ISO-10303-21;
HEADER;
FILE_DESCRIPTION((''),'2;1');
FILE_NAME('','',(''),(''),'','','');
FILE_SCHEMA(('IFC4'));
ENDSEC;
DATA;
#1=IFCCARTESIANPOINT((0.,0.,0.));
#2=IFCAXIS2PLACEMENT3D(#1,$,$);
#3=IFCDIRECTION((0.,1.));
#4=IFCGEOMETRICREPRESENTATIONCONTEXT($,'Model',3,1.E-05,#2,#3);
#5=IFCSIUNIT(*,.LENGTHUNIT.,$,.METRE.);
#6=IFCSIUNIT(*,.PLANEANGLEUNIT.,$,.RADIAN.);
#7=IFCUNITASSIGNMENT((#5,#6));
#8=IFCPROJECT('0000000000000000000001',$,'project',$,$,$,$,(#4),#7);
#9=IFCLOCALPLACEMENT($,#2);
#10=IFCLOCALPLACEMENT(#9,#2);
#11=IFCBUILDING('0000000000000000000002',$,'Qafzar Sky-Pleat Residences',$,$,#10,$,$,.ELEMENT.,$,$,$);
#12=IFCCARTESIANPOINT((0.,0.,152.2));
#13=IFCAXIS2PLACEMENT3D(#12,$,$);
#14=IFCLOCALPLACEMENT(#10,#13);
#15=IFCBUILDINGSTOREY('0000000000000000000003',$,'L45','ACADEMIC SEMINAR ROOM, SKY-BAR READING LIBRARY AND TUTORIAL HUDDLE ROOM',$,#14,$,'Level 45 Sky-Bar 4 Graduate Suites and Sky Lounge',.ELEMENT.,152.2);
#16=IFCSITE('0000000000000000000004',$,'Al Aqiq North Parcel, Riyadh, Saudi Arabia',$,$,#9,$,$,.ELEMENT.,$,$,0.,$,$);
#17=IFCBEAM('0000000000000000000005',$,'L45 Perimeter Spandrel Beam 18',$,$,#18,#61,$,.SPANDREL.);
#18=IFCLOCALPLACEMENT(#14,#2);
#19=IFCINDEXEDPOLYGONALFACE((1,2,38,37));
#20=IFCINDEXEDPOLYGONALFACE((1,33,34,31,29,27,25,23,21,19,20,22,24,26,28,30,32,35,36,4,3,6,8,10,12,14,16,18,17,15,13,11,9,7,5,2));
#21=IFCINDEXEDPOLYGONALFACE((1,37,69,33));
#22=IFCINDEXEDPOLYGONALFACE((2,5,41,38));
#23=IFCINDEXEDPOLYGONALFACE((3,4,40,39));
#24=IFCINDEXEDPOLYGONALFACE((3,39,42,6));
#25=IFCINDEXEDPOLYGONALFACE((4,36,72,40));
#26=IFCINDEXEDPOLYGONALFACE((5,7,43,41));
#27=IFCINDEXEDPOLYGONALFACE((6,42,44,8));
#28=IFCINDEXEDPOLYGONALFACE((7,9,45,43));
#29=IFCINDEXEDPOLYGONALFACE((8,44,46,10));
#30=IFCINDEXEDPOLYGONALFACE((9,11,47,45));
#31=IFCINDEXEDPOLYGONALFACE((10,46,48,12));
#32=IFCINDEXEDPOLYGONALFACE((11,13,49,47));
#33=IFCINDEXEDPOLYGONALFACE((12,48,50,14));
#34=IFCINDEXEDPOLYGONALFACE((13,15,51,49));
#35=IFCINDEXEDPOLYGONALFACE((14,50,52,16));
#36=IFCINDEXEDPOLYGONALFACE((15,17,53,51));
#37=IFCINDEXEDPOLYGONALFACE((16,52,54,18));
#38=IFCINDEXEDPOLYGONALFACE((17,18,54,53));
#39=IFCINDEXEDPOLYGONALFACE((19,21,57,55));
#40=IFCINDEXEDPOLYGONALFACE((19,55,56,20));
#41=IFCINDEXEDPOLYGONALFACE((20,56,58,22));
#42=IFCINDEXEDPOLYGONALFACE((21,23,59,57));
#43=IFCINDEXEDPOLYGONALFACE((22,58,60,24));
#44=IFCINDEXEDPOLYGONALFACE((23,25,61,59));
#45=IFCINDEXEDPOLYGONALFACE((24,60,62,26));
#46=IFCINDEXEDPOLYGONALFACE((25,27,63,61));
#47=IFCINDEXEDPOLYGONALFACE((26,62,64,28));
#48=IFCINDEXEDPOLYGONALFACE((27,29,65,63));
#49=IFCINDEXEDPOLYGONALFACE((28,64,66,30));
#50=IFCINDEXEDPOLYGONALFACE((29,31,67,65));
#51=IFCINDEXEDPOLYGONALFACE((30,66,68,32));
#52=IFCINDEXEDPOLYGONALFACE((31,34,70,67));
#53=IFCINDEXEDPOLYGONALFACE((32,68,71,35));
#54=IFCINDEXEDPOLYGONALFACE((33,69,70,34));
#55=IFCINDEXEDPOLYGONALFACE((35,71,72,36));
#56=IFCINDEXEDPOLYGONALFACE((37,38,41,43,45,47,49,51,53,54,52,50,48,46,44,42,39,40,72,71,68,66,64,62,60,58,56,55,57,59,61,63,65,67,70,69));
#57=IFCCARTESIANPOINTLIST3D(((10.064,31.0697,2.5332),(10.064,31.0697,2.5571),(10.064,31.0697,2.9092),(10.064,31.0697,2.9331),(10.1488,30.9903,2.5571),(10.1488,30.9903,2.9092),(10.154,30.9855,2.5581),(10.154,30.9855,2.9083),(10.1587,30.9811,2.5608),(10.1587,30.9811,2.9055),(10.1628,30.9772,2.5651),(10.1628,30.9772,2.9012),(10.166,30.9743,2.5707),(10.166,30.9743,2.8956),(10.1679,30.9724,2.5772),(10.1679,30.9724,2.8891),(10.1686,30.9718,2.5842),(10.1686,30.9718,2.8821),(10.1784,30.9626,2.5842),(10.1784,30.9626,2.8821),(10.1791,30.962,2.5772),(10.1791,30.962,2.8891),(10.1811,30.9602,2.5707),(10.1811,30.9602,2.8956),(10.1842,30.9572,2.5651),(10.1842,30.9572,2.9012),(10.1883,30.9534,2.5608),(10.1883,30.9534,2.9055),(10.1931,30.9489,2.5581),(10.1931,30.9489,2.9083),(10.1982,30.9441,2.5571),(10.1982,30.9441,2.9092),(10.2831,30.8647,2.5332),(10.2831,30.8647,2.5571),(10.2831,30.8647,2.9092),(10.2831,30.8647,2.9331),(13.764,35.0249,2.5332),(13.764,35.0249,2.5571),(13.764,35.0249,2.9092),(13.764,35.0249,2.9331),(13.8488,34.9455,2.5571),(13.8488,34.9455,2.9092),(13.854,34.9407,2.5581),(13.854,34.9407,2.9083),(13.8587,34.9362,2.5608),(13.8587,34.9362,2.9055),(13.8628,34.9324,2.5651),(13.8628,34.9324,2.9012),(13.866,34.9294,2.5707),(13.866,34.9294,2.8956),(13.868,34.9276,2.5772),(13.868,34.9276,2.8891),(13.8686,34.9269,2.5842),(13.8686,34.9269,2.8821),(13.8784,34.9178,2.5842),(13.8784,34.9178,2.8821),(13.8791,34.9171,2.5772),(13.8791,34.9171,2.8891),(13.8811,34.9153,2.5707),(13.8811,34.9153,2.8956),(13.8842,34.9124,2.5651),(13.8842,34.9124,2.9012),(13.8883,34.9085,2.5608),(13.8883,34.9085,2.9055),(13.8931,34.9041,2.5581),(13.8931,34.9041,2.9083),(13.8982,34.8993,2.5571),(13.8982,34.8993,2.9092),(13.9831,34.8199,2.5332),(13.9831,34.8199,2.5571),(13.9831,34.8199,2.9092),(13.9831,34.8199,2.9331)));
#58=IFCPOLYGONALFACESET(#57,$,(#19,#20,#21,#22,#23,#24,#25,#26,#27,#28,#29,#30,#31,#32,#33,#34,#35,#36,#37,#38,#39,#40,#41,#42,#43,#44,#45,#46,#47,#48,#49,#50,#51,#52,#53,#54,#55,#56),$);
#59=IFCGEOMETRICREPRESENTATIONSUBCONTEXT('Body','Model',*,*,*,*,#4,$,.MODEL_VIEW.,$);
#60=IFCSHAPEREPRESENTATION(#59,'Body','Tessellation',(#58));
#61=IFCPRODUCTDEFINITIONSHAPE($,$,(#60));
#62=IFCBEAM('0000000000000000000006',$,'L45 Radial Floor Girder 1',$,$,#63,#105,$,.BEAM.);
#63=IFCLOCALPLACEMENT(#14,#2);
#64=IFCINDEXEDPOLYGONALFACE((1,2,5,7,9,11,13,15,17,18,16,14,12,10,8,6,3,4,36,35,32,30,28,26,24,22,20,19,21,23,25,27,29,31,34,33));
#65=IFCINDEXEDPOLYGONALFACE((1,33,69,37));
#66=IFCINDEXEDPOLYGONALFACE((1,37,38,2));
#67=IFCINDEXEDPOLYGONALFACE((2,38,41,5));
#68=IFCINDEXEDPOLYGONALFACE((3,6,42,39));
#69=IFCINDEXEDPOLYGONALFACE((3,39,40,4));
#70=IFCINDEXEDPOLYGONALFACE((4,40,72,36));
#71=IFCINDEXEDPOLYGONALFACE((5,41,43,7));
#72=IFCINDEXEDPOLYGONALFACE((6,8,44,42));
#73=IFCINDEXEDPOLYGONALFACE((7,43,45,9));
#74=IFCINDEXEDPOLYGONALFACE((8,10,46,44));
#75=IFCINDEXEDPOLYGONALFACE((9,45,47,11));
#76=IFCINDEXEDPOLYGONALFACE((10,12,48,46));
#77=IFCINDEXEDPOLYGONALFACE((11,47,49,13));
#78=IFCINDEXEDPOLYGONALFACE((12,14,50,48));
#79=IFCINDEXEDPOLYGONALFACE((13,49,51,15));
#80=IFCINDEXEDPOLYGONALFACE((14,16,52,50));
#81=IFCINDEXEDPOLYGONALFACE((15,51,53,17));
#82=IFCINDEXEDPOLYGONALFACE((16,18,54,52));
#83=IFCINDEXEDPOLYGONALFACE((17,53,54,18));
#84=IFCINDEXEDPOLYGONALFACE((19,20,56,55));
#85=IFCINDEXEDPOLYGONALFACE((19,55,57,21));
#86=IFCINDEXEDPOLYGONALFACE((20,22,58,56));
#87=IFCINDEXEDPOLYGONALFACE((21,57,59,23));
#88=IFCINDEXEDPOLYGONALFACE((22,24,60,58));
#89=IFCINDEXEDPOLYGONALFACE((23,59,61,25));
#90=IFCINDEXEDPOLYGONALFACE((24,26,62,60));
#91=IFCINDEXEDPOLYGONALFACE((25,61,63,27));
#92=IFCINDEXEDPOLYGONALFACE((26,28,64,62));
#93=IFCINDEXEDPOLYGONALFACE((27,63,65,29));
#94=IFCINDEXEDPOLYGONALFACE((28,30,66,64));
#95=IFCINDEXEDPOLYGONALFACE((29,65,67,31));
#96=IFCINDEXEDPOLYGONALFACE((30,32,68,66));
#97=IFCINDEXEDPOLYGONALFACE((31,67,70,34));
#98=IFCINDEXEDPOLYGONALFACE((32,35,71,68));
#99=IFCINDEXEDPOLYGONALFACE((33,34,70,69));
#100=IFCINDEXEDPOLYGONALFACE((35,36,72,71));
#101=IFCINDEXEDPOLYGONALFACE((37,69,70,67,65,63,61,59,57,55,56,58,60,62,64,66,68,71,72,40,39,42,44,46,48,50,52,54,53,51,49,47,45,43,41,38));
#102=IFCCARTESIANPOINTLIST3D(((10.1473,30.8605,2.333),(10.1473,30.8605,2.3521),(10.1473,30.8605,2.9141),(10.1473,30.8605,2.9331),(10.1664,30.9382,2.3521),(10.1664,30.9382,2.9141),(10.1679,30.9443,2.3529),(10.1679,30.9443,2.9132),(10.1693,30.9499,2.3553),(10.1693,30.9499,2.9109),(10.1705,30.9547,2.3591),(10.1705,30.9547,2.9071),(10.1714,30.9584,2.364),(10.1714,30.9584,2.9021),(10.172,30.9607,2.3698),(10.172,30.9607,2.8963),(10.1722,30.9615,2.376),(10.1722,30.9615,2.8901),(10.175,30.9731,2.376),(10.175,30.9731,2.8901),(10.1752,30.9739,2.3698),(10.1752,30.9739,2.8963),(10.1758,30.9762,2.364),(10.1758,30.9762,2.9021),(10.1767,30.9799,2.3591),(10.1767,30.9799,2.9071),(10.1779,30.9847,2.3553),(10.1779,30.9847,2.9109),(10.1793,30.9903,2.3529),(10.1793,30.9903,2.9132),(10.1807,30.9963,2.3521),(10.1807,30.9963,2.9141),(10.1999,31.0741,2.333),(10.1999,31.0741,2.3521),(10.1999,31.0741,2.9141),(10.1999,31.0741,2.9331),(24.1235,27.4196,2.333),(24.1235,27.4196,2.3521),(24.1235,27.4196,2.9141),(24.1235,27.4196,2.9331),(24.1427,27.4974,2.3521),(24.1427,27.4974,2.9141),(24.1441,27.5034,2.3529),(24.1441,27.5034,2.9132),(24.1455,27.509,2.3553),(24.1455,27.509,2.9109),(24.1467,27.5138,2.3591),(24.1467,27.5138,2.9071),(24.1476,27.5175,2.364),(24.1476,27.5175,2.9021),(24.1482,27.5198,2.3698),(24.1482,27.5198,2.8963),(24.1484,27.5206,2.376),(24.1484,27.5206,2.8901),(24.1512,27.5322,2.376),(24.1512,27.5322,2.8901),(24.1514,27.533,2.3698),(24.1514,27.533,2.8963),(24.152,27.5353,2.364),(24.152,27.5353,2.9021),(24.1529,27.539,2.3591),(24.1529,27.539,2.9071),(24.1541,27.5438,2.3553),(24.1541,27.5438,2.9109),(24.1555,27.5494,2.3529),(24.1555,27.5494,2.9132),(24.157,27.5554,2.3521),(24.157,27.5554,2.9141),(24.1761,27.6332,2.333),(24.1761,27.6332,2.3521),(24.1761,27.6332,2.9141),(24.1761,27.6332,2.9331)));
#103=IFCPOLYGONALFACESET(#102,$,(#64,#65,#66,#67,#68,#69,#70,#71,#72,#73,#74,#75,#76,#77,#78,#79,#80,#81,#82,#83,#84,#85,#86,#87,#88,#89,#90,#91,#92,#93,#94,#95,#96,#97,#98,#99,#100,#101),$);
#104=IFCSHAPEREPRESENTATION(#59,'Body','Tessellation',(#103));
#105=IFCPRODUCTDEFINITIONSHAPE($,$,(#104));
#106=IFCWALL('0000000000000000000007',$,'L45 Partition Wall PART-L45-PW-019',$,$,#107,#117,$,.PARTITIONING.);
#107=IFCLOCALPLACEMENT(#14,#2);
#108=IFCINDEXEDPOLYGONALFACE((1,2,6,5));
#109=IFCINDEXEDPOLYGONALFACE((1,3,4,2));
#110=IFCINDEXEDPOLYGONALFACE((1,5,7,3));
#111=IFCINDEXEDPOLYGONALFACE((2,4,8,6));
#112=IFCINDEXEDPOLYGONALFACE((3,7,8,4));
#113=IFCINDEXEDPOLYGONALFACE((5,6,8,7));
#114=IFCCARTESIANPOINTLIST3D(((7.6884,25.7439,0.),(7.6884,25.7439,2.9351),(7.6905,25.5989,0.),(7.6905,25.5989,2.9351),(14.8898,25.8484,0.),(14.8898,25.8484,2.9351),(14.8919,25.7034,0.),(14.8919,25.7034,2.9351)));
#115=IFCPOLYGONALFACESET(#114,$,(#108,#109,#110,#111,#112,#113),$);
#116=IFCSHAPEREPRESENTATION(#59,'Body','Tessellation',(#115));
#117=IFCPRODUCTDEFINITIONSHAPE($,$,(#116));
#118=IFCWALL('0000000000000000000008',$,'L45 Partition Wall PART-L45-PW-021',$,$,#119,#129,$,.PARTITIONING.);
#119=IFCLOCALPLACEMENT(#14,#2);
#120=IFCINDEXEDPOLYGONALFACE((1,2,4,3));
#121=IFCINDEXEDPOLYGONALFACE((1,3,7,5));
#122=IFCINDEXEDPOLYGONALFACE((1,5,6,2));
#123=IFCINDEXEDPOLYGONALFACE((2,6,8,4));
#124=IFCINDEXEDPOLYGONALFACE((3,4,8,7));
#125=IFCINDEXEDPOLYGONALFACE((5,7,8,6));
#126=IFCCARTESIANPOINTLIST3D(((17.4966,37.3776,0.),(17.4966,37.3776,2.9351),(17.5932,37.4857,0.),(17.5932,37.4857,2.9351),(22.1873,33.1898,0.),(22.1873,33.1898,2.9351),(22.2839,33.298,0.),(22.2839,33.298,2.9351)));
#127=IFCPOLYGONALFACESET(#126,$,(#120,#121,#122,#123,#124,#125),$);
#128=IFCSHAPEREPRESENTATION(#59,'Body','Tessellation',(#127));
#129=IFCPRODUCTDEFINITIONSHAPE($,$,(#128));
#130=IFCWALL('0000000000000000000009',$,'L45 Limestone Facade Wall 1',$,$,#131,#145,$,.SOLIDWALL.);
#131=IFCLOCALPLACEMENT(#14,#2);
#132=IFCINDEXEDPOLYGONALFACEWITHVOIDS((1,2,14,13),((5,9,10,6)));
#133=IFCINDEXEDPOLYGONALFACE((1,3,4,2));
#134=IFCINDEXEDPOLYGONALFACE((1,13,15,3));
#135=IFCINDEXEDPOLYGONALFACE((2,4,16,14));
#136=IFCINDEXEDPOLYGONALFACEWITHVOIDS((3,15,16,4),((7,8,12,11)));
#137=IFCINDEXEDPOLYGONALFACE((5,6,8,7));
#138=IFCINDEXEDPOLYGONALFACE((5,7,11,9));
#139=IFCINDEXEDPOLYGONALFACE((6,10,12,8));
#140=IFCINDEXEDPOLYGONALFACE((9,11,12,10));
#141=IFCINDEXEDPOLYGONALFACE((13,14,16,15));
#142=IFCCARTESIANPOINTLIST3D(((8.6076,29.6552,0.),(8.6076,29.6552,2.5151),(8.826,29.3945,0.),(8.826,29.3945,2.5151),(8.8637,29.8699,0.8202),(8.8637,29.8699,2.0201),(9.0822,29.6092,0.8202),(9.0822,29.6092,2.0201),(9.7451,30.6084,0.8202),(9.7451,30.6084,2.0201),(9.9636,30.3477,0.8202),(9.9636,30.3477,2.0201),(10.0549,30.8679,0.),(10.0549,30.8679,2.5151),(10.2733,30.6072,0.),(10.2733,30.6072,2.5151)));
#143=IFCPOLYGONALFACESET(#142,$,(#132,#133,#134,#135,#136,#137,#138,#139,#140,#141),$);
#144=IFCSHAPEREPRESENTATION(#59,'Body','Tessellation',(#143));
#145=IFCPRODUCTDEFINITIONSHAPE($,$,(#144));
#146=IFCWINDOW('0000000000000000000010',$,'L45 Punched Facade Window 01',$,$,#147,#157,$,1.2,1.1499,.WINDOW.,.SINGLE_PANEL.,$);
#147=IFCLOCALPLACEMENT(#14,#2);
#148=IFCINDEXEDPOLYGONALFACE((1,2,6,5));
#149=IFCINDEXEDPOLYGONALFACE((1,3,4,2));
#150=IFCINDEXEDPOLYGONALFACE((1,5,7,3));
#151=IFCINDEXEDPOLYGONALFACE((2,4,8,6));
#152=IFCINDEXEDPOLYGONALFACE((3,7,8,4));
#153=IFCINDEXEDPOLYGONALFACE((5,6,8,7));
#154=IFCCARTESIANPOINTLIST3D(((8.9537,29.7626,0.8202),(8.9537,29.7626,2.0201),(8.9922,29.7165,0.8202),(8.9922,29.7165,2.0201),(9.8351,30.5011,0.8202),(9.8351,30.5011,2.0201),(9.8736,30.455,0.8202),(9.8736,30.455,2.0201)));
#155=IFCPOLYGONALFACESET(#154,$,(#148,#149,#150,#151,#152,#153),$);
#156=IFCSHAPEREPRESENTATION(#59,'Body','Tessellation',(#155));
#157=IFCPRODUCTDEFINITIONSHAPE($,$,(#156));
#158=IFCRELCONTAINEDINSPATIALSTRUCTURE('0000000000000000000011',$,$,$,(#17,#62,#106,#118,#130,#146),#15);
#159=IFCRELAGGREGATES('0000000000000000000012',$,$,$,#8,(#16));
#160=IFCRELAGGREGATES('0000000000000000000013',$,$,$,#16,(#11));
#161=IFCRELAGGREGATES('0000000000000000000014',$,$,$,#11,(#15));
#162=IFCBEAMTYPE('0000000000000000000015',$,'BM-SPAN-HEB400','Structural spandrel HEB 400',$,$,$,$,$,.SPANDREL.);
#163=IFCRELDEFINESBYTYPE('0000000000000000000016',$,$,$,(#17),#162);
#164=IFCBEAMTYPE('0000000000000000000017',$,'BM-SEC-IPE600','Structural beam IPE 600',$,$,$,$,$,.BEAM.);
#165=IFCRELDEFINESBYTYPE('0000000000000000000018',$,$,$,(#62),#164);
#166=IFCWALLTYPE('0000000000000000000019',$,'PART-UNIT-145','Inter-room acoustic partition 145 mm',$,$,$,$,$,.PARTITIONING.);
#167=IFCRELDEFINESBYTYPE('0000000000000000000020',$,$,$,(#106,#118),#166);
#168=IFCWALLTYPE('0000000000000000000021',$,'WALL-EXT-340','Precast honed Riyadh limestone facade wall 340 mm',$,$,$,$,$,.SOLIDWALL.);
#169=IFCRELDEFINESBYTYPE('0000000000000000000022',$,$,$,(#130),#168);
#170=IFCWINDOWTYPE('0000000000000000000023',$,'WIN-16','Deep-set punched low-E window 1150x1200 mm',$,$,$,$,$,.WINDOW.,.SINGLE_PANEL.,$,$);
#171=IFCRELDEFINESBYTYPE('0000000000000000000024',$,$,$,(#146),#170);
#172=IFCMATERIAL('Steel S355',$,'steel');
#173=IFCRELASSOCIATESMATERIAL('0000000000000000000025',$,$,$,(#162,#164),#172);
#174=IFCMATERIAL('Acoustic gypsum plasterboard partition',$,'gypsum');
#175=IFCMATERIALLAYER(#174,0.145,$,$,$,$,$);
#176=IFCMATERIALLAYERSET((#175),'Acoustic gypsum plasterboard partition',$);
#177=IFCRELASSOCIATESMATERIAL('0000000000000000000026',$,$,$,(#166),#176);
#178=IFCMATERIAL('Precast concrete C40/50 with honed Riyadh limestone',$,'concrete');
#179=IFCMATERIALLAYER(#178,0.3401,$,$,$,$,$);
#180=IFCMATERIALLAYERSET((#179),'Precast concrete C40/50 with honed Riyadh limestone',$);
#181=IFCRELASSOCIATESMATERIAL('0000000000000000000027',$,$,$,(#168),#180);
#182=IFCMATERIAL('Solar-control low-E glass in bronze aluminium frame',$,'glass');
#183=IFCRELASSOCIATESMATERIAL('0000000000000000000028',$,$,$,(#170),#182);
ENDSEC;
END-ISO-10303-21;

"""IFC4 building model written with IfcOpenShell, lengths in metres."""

from ifc_helpers import new_model, si_unit, direction, frame, frame_2d, origin, origin_2d, place, context, subcontext, project, spatial, rectangle, i_section, extrude, source, transform, mapped, material, layer, layer_set, material_profile, profile_set, type_object, element, fill, save


model = new_model("IFC4")

# Units and contexts
model_context = context("Model", 3, precision=1e-05, world=origin(), true_north=direction((0.0, 1.0)))
body_context = subcontext(model_context, "Body", "Model", "MODEL_VIEW")
ifc_project = project(units=[si_unit("LENGTHUNIT", "METRE"), si_unit("PLANEANGLEUNIT", "RADIAN")], contexts=[model_context])

# Site, building, storey
site_placement = place(None, origin())
site = spatial("IfcSite", under=ifc_project, at=site_placement, Name="Al Aqiq North Parcel, Riyadh, Saudi Arabia", CompositionType="ELEMENT", RefElevation=0.0)
building_placement = place(site_placement, origin())
building = spatial("IfcBuilding", under=site, at=building_placement, Name="Qafzar Sky-Pleat Residences", CompositionType="ELEMENT")
storey_placement = place(building_placement, frame((0.0, 0.0, 152.2)))
storey = spatial("IfcBuildingStorey", under=building, at=storey_placement, Name="L45", Description="ACADEMIC SEMINAR ROOM, SKY-BAR READING LIBRARY AND TUTORIAL HUDDLE ROOM", LongName="Level 45 Sky-Bar 4 Graduate Suites and Sky Lounge", CompositionType="ELEMENT", Elevation=152.2)

# Shared definitions
ifc_material_1 = material(Name="Steel S355", Category="steel")

# Beams
ifc_material_profile_1 = material_profile(ifc_material_1, i_section(OverallWidth=0.3, OverallDepth=0.3999, WebThickness=0.0134, FlangeThickness=0.0239, FilletRadius=0.0271, at=origin_2d()), Name="HEB 400")
ifc_profile_set_1 = profile_set([ifc_material_profile_1], Name="Steel S355")
beam_type_1 = type_object("IfcBeamType", Name="BM-SPAN-HEB400", Description="Structural spandrel HEB 400", PredefinedType="SPANDREL", material=ifc_profile_set_1)
shared_shape_1 = source(origin(), body_context, "Body", "SweptSolid", [
    extrude(i_section(OverallWidth=0.3, OverallDepth=0.3999, WebThickness=0.0134, FlangeThickness=0.0239, FilletRadius=0.0271, at=origin_2d()), origin(), (0.0, 0.0, 1.0), 5.416),
])
beam_1_placement = place(storey_placement, frame((13.8735, 34.9224, 2.7332), z_axis=(-0.683161, -0.730268, 0.0), x_axis=(0.730268, -0.683161, 0.0)))
element("IfcBeam", 1, at=beam_1_placement, inside=storey, type_object=beam_type_1, Name="L45 Perimeter Spandrel Beam 18", PredefinedType="SPANDREL", context=body_context, shape_type="MappedRepresentation", body=[
    mapped(shared_shape_1, transform((0.0, 0.0, 0.0), x_axis=(1.0, 0.0, 0.0), y_axis=(0.0, 1.0, 0.0), z_axis=(0.0, 0.0, 1.0), scale=1.0)),
])
ifc_material_profile_2 = material_profile(ifc_material_1, i_section(OverallWidth=0.22, OverallDepth=0.6001, WebThickness=0.012, FlangeThickness=0.019, FilletRadius=0.0239, at=origin_2d()), Name="IPE 600")
ifc_profile_set_2 = profile_set([ifc_material_profile_2], Name="Steel S355")
beam_type_2 = type_object("IfcBeamType", Name="BM-SEC-IPE600", Description="Structural beam IPE 600", PredefinedType="BEAM", material=ifc_profile_set_2)
shared_shape_2 = source(origin(), body_context, "Body", "SweptSolid", [
    extrude(i_section(OverallWidth=0.22, OverallDepth=0.6001, WebThickness=0.012, FlangeThickness=0.019, FilletRadius=0.0239, at=origin_2d()), origin(), (0.0, 0.0, 1.0), 14.3936),
])
beam_2_placement = place(storey_placement, frame((10.1736, 30.9673, 2.6331), z_axis=(0.971005, -0.239058, 0.0), x_axis=(0.239058, 0.971005, 0.0)))
element("IfcBeam", 2, at=beam_2_placement, inside=storey, type_object=beam_type_2, Name="L45 Radial Floor Girder 1", PredefinedType="BEAM", context=body_context, shape_type="MappedRepresentation", body=[
    mapped(shared_shape_2, transform((0.0, 0.0, 0.0), x_axis=(1.0, 0.0, 0.0), y_axis=(0.0, 1.0, 0.0), z_axis=(0.0, 0.0, 1.0), scale=1.0)),
])

# Walls
ifc_material_2 = material(Name="Acoustic gypsum plasterboard partition", Category="gypsum")
ifc_layer_1 = layer(ifc_material_2, 0.145)
ifc_layer_set_1 = layer_set([ifc_layer_1], Name="Acoustic gypsum plasterboard partition")
wall_type_1 = type_object("IfcWallType", Name="PART-UNIT-145", Description="Inter-room acoustic partition 145 mm", PredefinedType="PARTITIONING", material=ifc_layer_set_1)
wall_1_placement = place(storey_placement, frame((7.6895, 25.6714, 0.0), z_axis=(0.0, 0.0, 1.0), x_axis=(0.999895, 0.014508, 0.0)))
element("IfcWall", 3, at=wall_1_placement, inside=storey, type_object=wall_type_1, Name="L45 Partition Wall PART-L45-PW-019", PredefinedType="PARTITIONING", context=body_context, shape_type="SweptSolid", body=[
    extrude(rectangle(XDim=7.2021, YDim=0.145, at=frame_2d((3.6011, 0.0))), origin(), (0.0, 0.0, 1.0), 2.9351),
])
wall_2_placement = place(storey_placement, frame((17.5449, 37.4316, 0.0), z_axis=(0.0, 0.0, 1.0), x_axis=(0.745966, -0.665984, 0.0)))
element("IfcWall", 4, at=wall_2_placement, inside=storey, type_object=wall_type_1, Name="L45 Partition Wall PART-L45-PW-021", PredefinedType="PARTITIONING", context=body_context, shape_type="SweptSolid", body=[
    extrude(rectangle(XDim=6.2881, YDim=0.145, at=frame_2d((3.144, 0.0))), origin(), (0.0, 0.0, 1.0), 2.9351),
])

# Wall, opening, window
ifc_material_3 = material(Name="Precast concrete C40/50 with honed Riyadh limestone", Category="concrete")
ifc_layer_2 = layer(ifc_material_3, 0.3401)
ifc_layer_set_2 = layer_set([ifc_layer_2], Name="Precast concrete C40/50 with honed Riyadh limestone")
wall_type_2 = type_object("IfcWallType", Name="WALL-EXT-340", Description="Precast honed Riyadh limestone facade wall 340 mm", PredefinedType="SOLIDWALL", material=ifc_layer_set_2)
wall_3_placement = place(storey_placement, frame((10.1641, 30.7375, 0.0), z_axis=(0.0, 0.0, 1.0), x_axis=(-0.766502, -0.642242, 0.0)))
wall_3 = element("IfcWall", 5, at=wall_3_placement, inside=storey, type_object=wall_type_2, Name="L45 Limestone Facade Wall 1", PredefinedType="SOLIDWALL", context=body_context, shape_type="SweptSolid", body=[
    extrude(rectangle(XDim=1.8882, YDim=0.3401, at=frame_2d((0.9441, 0.0))), origin(), (0.0, 0.0, 1.0), 2.5151),
])
opening_1_placement = place(wall_3_placement, frame((0.4041, 0.0, 0.8201)))
opening_1 = element("IfcOpeningElement", 6, at=opening_1_placement, cuts=wall_3, PredefinedType="OPENING", context=body_context, shape_type="SweptSolid", body=[
    extrude(rectangle(XDim=1.1499, YDim=1.2, at=frame_2d((0.575, 0.6001))), frame((0.0, 0.1802, 0.0), z_axis=(0.0, -1.0, 0.0), x_axis=(1.0, 0.0, 0.0)), (0.0, 0.0, 1.0), 0.3601),
])
ifc_material_4 = material(Name="Solar-control low-E glass in bronze aluminium frame", Category="glass")
window_type_1 = type_object("IfcWindowType", Name="WIN-16", Description="Deep-set punched low-E window 1150x1200 mm", PartitioningType="SINGLE_PANEL", PredefinedType="WINDOW", material=ifc_material_4)
shared_shape_3 = source(origin(), body_context, "Body", "SweptSolid", [
    extrude(rectangle(XDim=1.1499, YDim=1.2, at=frame_2d((0.575, 0.6001))), frame((0.0, 0.03, 0.0), z_axis=(0.0, -1.0, 0.0), x_axis=(1.0, 0.0, 0.0)), (0.0, 0.0, 1.0), 0.0601),
])
window_1_placement = place(opening_1_placement, origin())
window_1 = element("IfcWindow", 7, at=window_1_placement, inside=storey, type_object=window_type_1, Name="L45 Punched Facade Window 01", OverallHeight=1.2, OverallWidth=1.1499, PartitioningType="SINGLE_PANEL", PredefinedType="WINDOW", context=body_context, shape_type="MappedRepresentation", body=[
    mapped(shared_shape_3, transform((0.0, 0.0, 0.0), x_axis=(1.0, 0.0, 0.0), y_axis=(0.0, 1.0, 0.0), z_axis=(0.0, 0.0, 1.0), scale=1.0)),
])
fill(opening_1, window_1)

save(model, "model.ifc")
